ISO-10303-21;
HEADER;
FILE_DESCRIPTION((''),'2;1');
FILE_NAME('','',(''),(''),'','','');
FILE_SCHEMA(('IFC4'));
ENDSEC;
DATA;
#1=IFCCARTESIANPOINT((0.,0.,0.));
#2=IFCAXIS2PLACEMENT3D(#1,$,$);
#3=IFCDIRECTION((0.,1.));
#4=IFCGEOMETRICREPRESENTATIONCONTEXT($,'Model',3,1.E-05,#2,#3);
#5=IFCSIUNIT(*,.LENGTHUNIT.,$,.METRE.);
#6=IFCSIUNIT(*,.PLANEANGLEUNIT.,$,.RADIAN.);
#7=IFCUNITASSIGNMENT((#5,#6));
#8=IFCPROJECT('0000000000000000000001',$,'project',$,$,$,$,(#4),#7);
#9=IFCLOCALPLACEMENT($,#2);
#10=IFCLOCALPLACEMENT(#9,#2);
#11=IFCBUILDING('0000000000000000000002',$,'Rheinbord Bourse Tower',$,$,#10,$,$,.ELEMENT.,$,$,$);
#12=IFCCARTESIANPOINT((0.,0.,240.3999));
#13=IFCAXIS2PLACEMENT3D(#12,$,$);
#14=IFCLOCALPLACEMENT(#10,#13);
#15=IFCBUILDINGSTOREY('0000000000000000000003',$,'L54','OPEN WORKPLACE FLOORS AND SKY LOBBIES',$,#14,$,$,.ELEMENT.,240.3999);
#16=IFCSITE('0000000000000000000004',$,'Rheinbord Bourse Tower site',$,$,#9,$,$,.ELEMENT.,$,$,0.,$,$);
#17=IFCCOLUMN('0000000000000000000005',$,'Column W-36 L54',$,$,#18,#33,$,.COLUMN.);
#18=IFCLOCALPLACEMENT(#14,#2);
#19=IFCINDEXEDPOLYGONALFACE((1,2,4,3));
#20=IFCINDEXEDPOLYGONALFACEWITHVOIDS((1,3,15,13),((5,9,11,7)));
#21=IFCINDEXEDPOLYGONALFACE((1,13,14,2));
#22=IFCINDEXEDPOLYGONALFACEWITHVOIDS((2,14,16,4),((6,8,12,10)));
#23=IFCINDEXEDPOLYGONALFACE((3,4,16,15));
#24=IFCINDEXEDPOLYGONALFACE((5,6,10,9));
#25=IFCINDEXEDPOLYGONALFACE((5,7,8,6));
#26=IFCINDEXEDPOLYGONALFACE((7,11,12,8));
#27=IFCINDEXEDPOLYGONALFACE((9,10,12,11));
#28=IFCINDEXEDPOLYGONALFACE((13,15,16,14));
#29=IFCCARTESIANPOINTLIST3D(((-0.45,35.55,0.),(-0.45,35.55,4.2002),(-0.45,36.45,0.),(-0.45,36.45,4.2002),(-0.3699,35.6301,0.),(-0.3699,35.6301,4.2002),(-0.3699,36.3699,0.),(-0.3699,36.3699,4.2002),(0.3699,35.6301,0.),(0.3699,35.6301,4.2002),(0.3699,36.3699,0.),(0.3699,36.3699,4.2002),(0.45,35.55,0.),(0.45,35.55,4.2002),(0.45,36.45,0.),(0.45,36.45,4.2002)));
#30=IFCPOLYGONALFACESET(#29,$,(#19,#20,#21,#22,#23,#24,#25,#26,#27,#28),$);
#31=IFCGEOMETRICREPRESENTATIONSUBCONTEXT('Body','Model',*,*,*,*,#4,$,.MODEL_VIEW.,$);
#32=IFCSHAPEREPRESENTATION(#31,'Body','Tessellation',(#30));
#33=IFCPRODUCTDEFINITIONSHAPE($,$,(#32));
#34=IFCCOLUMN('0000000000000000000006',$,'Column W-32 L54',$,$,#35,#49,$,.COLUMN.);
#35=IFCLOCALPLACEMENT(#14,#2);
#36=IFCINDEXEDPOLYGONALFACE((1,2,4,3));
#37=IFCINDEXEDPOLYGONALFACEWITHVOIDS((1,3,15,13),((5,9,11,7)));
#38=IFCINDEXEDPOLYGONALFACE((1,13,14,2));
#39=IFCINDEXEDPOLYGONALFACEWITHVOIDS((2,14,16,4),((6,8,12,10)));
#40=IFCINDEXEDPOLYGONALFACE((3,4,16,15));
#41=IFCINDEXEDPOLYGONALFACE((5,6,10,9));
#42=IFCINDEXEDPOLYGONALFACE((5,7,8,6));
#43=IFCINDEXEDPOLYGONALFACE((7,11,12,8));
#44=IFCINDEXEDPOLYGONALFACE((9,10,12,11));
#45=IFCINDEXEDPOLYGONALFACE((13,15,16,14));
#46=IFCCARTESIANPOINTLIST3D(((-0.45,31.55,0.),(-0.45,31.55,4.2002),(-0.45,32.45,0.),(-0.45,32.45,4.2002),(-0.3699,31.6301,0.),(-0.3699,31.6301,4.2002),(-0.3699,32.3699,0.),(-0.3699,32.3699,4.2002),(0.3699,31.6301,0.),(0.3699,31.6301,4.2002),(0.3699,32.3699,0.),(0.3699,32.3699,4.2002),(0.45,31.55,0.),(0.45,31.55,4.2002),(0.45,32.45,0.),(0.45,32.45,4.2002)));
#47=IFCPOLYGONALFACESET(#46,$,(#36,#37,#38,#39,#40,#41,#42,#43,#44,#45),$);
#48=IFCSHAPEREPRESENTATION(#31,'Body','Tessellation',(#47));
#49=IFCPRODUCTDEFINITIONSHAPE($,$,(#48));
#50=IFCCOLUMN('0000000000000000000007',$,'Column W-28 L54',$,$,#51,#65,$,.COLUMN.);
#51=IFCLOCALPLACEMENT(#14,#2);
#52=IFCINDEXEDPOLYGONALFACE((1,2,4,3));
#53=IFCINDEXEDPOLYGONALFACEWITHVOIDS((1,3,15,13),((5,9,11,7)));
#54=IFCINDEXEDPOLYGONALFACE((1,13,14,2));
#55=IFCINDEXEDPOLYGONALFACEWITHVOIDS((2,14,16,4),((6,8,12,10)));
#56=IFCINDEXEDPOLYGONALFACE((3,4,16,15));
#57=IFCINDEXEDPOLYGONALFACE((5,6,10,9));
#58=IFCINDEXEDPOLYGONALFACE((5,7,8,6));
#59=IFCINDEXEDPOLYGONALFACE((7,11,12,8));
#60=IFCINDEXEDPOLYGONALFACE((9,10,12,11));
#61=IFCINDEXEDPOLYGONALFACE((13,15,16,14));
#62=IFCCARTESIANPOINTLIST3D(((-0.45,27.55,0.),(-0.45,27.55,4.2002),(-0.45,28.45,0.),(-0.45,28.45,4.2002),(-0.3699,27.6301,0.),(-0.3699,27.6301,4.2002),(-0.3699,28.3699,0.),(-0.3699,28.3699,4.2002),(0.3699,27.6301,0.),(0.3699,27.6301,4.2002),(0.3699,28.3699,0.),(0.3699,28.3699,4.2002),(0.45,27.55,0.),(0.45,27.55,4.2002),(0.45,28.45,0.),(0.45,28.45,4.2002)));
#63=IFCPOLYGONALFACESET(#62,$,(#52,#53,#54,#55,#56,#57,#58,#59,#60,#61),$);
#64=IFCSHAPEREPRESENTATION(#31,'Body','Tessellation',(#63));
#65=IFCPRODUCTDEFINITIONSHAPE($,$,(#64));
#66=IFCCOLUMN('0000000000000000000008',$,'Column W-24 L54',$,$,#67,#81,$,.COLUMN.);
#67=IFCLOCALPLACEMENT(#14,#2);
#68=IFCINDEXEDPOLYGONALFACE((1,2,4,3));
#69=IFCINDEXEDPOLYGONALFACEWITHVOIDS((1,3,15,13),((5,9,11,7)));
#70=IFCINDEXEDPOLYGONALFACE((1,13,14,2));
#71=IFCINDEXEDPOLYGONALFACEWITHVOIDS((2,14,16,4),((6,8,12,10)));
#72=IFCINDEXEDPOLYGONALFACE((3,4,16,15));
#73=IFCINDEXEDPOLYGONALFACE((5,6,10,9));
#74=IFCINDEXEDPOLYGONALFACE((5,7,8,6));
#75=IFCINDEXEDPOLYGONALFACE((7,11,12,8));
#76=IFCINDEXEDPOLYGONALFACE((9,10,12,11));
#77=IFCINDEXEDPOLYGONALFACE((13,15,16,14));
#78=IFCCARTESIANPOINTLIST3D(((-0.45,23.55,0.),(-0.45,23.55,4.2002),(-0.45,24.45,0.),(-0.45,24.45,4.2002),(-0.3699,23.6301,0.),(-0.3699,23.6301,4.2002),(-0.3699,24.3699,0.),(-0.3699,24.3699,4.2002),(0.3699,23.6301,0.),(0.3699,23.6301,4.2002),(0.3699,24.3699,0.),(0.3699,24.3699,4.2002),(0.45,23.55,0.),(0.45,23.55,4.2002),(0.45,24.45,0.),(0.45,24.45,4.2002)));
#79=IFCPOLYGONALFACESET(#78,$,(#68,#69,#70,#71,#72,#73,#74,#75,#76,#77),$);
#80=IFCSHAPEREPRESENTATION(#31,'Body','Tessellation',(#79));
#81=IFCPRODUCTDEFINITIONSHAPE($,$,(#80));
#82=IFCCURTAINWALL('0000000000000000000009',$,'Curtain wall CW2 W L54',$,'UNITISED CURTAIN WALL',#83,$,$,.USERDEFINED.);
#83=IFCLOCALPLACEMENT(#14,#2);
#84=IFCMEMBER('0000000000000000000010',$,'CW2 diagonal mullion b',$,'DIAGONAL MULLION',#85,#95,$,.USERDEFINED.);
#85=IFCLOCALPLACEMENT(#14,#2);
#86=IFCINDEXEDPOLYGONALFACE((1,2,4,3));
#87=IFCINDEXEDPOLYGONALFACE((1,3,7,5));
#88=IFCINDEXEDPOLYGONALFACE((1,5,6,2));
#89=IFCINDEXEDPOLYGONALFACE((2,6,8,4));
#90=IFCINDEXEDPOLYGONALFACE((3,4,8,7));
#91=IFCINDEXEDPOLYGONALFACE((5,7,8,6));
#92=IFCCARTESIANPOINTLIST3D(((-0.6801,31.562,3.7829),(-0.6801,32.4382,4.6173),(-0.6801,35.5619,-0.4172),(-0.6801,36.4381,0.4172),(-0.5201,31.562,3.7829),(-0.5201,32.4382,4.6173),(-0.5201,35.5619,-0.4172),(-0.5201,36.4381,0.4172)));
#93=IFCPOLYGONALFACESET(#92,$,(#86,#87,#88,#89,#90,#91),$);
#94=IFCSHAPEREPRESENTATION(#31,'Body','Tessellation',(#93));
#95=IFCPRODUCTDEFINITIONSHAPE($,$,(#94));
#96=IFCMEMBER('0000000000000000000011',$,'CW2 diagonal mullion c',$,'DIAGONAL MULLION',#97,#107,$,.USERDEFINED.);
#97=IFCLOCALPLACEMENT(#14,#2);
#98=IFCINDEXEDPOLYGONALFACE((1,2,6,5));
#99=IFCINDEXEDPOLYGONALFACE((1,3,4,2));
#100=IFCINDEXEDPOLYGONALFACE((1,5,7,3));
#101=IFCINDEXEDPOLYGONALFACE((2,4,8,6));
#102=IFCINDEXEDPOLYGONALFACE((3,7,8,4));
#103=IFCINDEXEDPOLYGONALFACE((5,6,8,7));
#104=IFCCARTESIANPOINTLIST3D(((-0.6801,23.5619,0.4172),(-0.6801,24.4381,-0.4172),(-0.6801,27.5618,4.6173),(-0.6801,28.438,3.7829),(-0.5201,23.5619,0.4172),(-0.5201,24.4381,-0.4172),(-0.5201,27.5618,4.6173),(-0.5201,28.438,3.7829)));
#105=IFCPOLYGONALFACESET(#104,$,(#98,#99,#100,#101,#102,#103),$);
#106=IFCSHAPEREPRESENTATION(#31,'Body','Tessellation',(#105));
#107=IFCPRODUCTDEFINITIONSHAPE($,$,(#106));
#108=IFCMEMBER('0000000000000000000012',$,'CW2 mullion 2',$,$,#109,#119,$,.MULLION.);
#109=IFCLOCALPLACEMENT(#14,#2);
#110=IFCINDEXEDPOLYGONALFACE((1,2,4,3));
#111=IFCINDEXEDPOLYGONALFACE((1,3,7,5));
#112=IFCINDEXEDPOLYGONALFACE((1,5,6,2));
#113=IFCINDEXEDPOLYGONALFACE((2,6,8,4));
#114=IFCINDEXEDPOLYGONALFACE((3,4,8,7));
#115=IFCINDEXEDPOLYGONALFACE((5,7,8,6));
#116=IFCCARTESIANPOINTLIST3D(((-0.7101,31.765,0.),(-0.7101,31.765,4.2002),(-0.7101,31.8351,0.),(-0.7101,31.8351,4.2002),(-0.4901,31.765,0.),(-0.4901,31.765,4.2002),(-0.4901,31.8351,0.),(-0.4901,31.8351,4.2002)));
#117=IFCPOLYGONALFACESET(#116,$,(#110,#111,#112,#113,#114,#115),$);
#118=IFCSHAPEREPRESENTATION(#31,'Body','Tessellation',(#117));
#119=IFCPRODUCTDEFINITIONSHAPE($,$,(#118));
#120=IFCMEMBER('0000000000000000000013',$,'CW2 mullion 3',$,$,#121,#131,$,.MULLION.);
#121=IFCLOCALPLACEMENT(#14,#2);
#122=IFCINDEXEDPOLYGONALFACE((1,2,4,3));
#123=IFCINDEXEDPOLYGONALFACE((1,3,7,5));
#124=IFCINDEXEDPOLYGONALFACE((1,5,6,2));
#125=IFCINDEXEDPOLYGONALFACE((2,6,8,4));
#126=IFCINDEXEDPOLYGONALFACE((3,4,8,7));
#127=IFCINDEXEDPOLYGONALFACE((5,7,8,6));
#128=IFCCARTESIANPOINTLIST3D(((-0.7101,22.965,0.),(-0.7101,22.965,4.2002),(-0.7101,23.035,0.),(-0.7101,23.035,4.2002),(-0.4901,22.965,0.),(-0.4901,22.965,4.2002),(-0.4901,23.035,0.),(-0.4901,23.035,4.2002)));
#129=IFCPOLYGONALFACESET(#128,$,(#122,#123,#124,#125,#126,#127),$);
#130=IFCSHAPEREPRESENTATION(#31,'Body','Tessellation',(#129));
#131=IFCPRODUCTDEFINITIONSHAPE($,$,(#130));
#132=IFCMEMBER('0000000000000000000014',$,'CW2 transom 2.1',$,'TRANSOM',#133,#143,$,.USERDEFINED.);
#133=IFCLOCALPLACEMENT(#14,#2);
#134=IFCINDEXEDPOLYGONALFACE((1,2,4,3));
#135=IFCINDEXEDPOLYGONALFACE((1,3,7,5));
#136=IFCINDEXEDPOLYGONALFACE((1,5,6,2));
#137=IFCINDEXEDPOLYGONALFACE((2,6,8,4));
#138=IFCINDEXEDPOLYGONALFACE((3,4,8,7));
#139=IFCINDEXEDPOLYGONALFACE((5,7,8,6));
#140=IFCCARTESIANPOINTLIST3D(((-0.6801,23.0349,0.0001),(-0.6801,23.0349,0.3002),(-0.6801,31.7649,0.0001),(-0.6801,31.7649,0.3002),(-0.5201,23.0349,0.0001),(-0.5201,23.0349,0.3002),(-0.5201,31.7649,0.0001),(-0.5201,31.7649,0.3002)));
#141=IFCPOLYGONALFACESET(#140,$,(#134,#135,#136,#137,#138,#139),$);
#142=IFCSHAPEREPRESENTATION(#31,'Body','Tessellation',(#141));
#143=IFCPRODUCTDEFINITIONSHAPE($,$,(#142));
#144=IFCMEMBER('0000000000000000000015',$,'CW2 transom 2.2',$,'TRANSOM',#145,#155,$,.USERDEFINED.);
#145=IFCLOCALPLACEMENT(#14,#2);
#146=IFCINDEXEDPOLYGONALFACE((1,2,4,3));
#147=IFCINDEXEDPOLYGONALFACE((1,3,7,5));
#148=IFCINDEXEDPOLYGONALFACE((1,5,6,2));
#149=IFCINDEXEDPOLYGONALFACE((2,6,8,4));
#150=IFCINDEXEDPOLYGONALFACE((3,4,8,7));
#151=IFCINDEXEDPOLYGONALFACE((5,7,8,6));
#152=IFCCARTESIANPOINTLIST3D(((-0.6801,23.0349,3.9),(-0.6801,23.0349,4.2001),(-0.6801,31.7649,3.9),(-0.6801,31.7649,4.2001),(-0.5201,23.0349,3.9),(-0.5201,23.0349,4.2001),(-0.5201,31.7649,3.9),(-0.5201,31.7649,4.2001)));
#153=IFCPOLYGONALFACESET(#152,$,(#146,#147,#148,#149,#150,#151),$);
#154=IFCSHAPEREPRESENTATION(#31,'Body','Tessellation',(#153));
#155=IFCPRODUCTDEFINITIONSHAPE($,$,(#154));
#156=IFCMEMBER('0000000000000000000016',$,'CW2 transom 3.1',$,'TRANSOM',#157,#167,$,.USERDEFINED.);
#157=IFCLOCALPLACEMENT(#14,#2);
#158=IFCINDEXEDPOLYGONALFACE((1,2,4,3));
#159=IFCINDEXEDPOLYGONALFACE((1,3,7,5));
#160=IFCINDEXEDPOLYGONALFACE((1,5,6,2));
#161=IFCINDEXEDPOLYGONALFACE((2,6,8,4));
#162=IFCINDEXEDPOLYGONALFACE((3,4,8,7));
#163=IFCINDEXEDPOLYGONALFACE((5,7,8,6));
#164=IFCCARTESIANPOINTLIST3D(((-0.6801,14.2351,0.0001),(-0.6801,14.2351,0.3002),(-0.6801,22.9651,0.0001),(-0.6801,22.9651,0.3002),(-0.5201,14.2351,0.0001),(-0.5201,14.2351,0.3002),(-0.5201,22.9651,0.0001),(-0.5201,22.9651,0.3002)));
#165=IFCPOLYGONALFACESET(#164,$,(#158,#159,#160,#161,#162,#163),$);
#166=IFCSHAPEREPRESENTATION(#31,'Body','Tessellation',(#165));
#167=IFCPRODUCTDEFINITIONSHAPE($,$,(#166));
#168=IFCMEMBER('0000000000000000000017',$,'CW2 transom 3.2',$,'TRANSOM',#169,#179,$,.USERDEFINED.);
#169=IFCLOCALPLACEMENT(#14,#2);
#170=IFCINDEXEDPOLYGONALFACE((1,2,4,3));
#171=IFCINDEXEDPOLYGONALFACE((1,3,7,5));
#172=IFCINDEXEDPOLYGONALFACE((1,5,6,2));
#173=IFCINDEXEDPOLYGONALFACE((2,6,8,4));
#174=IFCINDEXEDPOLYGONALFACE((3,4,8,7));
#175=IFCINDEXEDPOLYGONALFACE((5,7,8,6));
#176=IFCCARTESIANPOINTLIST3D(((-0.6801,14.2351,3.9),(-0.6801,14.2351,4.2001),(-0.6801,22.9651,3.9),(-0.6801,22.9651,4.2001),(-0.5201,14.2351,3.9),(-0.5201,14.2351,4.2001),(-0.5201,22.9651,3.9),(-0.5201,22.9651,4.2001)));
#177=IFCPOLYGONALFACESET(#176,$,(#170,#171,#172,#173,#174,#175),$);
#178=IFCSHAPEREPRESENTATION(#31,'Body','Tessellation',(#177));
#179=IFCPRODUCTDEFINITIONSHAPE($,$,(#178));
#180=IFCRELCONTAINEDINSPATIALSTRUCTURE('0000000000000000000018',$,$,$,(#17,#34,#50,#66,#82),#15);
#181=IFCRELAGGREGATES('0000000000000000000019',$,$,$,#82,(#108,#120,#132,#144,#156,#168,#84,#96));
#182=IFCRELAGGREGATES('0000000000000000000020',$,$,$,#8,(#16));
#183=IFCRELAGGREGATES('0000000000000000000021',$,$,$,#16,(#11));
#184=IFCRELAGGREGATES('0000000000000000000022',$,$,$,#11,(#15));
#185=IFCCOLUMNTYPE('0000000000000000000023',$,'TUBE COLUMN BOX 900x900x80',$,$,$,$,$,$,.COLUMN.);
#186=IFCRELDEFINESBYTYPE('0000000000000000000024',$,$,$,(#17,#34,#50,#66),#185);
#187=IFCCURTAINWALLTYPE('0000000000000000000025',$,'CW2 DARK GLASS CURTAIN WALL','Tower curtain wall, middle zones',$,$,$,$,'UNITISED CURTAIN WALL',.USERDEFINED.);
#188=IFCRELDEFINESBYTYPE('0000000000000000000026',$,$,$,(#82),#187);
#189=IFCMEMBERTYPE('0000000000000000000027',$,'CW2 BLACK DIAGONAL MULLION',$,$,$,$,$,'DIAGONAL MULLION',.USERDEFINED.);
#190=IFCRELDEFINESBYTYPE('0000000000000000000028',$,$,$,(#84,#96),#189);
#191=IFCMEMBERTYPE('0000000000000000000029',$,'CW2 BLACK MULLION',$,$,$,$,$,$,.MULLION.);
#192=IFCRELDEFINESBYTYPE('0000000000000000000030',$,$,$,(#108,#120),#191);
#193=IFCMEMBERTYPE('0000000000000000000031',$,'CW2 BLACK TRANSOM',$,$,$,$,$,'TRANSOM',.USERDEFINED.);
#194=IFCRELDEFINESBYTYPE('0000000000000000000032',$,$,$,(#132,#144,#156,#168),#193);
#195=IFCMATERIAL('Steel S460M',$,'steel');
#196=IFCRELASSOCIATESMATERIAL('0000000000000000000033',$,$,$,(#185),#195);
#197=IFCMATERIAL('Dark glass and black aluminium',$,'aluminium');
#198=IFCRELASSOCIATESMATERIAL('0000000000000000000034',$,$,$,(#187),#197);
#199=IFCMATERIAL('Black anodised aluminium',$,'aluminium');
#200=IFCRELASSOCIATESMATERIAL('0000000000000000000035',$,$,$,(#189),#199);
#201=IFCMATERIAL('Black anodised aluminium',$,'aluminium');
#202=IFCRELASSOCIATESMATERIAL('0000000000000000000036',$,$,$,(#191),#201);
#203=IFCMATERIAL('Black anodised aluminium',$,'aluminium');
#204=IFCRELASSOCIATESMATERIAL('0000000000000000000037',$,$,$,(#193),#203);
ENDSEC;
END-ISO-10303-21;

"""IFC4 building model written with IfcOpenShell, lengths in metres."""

from ifc_helpers import new_model, si_unit, direction, frame, origin, origin_2d, place, context, subcontext, project, spatial, rectangle, hollow_rectangle, extrude, material, material_profile, profile_set, type_object, element, aggregate, save


model = new_model("IFC4")

# Units and contexts
model_context = context("Model", 3, precision=1e-05, world=origin(), true_north=direction((0.0, 1.0)))
body_context = subcontext(model_context, "Body", "Model", "MODEL_VIEW")
ifc_project = project(units=[si_unit("LENGTHUNIT", "METRE"), si_unit("PLANEANGLEUNIT", "RADIAN")], contexts=[model_context])

# Site, building, storey
site_placement = place(None, origin())
site = spatial("IfcSite", under=ifc_project, at=site_placement, Name="Rheinbord Bourse Tower site", CompositionType="ELEMENT", RefElevation=0.0)
building_placement = place(site_placement, origin())
building = spatial("IfcBuilding", under=site, at=building_placement, Name="Rheinbord Bourse Tower", CompositionType="ELEMENT")
storey_placement = place(building_placement, frame((0.0, 0.0, 240.3999)))
storey = spatial("IfcBuildingStorey", under=building, at=storey_placement, Name="L54", Description="OPEN WORKPLACE FLOORS AND SKY LOBBIES", CompositionType="ELEMENT", Elevation=240.3999)

# Columns
ifc_material_1 = material(Name="Steel S460M", Category="steel")
ifc_material_profile_1 = material_profile(ifc_material_1, hollow_rectangle(XDim=0.8999, YDim=0.8999, WallThickness=0.0801, at=origin_2d()), Name="BOX 900x900x80")
ifc_profile_set_1 = profile_set([ifc_material_profile_1], Name="Steel S460M")
column_type = type_object("IfcColumnType", Name="TUBE COLUMN BOX 900x900x80", PredefinedType="COLUMN", material=ifc_profile_set_1)
for number, where, z_axis, x_axis, name in (
    (1, (0.0, 36.0, 0.0), (0.0, 0.0, 1.0), (1.0, 0.0, 0.0), "Column W-36 L54"),
    (2, (0.0, 32.0, 0.0), (0.0, 0.0, 1.0), (1.0, 0.0, 0.0), "Column W-32 L54"),
    (3, (0.0, 28.0, 0.0), (0.0, 0.0, 1.0), (1.0, 0.0, 0.0), "Column W-28 L54"),
    (4, (0.0, 24.0, 0.0), (0.0, 0.0, 1.0), (1.0, 0.0, 0.0), "Column W-24 L54"),
):
    element("IfcColumn", number, at=place(storey_placement, frame(where, z_axis=z_axis, x_axis=x_axis)), inside=storey, type_object=column_type, Name=name, PredefinedType="COLUMN", context=body_context, shape_type="SweptSolid", body=[
        extrude(hollow_rectangle(XDim=0.8999, YDim=0.8999, WallThickness=0.0801, at=origin_2d()), origin(), (0.0, 0.0, 1.0), 4.2002),
    ])

# Curtain wall, members
ifc_material_2 = material(Name="Dark glass and black aluminium", Category="aluminium")
curtain_wall_type = type_object("IfcCurtainWallType", Name="CW2 DARK GLASS CURTAIN WALL", Description="Tower curtain wall, middle zones", ElementType="UNITISED CURTAIN WALL", PredefinedType="USERDEFINED", material=ifc_material_2)
curtain_wall_placement = place(storey_placement, origin())
curtain_wall = element("IfcCurtainWall", 5, at=curtain_wall_placement, inside=storey, type_object=curtain_wall_type, Name="Curtain wall CW2 W L54", ObjectType="UNITISED CURTAIN WALL", PredefinedType="USERDEFINED")
ifc_material_3 = material(Name="Black anodised aluminium", Category="aluminium")
ifc_material_profile_2 = material_profile(ifc_material_3, rectangle(XDim=0.1599, YDim=1.21, at=origin_2d()), Name="CW2 DIAGONAL MULLION 1210x160")
ifc_profile_set_2 = profile_set([ifc_material_profile_2], Name="Black anodised aluminium")
member_type_1 = type_object("IfcMemberType", Name="CW2 BLACK DIAGONAL MULLION", ElementType="DIAGONAL MULLION", PredefinedType="USERDEFINED", material=ifc_profile_set_2)
member_1_placement = place(storey_placement, frame((-0.6001, 36.0, 0.0), z_axis=(0.0, -0.689638, 0.724154), x_axis=(1.0, 0.0, 0.0)))
member_1 = element("IfcMember", 6, at=member_1_placement, type_object=member_type_1, Name="CW2 diagonal mullion b", ObjectType="DIAGONAL MULLION", PredefinedType="USERDEFINED", context=body_context, shape_type="SweptSolid", body=[
    extrude(rectangle(XDim=0.1599, YDim=1.21, at=origin_2d()), origin(), (0.0, 0.0, 1.0), 5.8),
])
member_2_placement = place(storey_placement, frame((-0.6001, 24.0, 0.0), z_axis=(0.0, 0.689638, 0.724154), x_axis=(-1.0, 0.0, 0.0)))
member_2 = element("IfcMember", 7, at=member_2_placement, type_object=member_type_1, Name="CW2 diagonal mullion c", ObjectType="DIAGONAL MULLION", PredefinedType="USERDEFINED", context=body_context, shape_type="SweptSolid", body=[
    extrude(rectangle(XDim=0.1599, YDim=1.21, at=origin_2d()), origin(), (0.0, 0.0, 1.0), 5.8),
])
ifc_material_4 = material(Name="Black anodised aluminium", Category="aluminium")
ifc_material_profile_3 = material_profile(ifc_material_4, rectangle(XDim=0.22, YDim=0.0701, at=origin_2d()), Name="CW2 MULLION 70x220")
ifc_profile_set_3 = profile_set([ifc_material_profile_3], Name="Black anodised aluminium")
member_type_2 = type_object("IfcMemberType", Name="CW2 BLACK MULLION", PredefinedType="MULLION", material=ifc_profile_set_3)
member_3_placement = place(storey_placement, frame((-0.6001, 31.8, 0.0), z_axis=(0.0, 0.0, 1.0), x_axis=(1.0, 0.0, 0.0)))
member_3 = element("IfcMember", 8, at=member_3_placement, type_object=member_type_2, Name="CW2 mullion 2", PredefinedType="MULLION", context=body_context, shape_type="SweptSolid", body=[
    extrude(rectangle(XDim=0.22, YDim=0.0701, at=origin_2d()), origin(), (0.0, 0.0, 1.0), 4.2002),
])
member_4_placement = place(storey_placement, frame((-0.6001, 23.0, 0.0), z_axis=(0.0, 0.0, 1.0), x_axis=(1.0, 0.0, 0.0)))
member_4 = element("IfcMember", 9, at=member_4_placement, type_object=member_type_2, Name="CW2 mullion 3", PredefinedType="MULLION", context=body_context, shape_type="SweptSolid", body=[
    extrude(rectangle(XDim=0.22, YDim=0.0701, at=origin_2d()), origin(), (0.0, 0.0, 1.0), 4.2002),
])
ifc_material_5 = material(Name="Black anodised aluminium", Category="aluminium")
ifc_material_profile_4 = material_profile(ifc_material_5, rectangle(XDim=0.1599, YDim=0.3, at=origin_2d()), Name="CW2 TRANSOM 300x160")
ifc_profile_set_4 = profile_set([ifc_material_profile_4], Name="Black anodised aluminium")
member_type_3 = type_object("IfcMemberType", Name="CW2 BLACK TRANSOM", ElementType="TRANSOM", PredefinedType="USERDEFINED", material=ifc_profile_set_4)
member_5_placement = place(storey_placement, frame((-0.6001, 31.7649, 0.1501), z_axis=(0.0, -1.0, 0.0), x_axis=(1.0, 0.0, 0.0)))
member_5 = element("IfcMember", 10, at=member_5_placement, type_object=member_type_3, Name="CW2 transom 2.1", ObjectType="TRANSOM", PredefinedType="USERDEFINED", context=body_context, shape_type="SweptSolid", body=[
    extrude(rectangle(XDim=0.1599, YDim=0.3, at=origin_2d()), origin(), (0.0, 0.0, 1.0), 8.73),
])
member_6_placement = place(storey_placement, frame((-0.6001, 31.7649, 4.05), z_axis=(0.0, -1.0, 0.0), x_axis=(1.0, 0.0, 0.0)))
member_6 = element("IfcMember", 11, at=member_6_placement, type_object=member_type_3, Name="CW2 transom 2.2", ObjectType="TRANSOM", PredefinedType="USERDEFINED", context=body_context, shape_type="SweptSolid", body=[
    extrude(rectangle(XDim=0.1599, YDim=0.3, at=origin_2d()), origin(), (0.0, 0.0, 1.0), 8.73),
])
member_7_placement = place(storey_placement, frame((-0.6001, 22.9651, 0.1501), z_axis=(0.0, -1.0, 0.0), x_axis=(1.0, 0.0, 0.0)))
member_7 = element("IfcMember", 12, at=member_7_placement, type_object=member_type_3, Name="CW2 transom 3.1", ObjectType="TRANSOM", PredefinedType="USERDEFINED", context=body_context, shape_type="SweptSolid", body=[
    extrude(rectangle(XDim=0.1599, YDim=0.3, at=origin_2d()), origin(), (0.0, 0.0, 1.0), 8.73),
])
member_8_placement = place(storey_placement, frame((-0.6001, 22.9651, 4.05), z_axis=(0.0, -1.0, 0.0), x_axis=(1.0, 0.0, 0.0)))
member_8 = element("IfcMember", 13, at=member_8_placement, type_object=member_type_3, Name="CW2 transom 3.2", ObjectType="TRANSOM", PredefinedType="USERDEFINED", context=body_context, shape_type="SweptSolid", body=[
    extrude(rectangle(XDim=0.1599, YDim=0.3, at=origin_2d()), origin(), (0.0, 0.0, 1.0), 8.73),
])

aggregate(curtain_wall, [member_3, member_4, member_5, member_6, member_7, member_8, member_1, member_2])

save(model, "model.ifc")
